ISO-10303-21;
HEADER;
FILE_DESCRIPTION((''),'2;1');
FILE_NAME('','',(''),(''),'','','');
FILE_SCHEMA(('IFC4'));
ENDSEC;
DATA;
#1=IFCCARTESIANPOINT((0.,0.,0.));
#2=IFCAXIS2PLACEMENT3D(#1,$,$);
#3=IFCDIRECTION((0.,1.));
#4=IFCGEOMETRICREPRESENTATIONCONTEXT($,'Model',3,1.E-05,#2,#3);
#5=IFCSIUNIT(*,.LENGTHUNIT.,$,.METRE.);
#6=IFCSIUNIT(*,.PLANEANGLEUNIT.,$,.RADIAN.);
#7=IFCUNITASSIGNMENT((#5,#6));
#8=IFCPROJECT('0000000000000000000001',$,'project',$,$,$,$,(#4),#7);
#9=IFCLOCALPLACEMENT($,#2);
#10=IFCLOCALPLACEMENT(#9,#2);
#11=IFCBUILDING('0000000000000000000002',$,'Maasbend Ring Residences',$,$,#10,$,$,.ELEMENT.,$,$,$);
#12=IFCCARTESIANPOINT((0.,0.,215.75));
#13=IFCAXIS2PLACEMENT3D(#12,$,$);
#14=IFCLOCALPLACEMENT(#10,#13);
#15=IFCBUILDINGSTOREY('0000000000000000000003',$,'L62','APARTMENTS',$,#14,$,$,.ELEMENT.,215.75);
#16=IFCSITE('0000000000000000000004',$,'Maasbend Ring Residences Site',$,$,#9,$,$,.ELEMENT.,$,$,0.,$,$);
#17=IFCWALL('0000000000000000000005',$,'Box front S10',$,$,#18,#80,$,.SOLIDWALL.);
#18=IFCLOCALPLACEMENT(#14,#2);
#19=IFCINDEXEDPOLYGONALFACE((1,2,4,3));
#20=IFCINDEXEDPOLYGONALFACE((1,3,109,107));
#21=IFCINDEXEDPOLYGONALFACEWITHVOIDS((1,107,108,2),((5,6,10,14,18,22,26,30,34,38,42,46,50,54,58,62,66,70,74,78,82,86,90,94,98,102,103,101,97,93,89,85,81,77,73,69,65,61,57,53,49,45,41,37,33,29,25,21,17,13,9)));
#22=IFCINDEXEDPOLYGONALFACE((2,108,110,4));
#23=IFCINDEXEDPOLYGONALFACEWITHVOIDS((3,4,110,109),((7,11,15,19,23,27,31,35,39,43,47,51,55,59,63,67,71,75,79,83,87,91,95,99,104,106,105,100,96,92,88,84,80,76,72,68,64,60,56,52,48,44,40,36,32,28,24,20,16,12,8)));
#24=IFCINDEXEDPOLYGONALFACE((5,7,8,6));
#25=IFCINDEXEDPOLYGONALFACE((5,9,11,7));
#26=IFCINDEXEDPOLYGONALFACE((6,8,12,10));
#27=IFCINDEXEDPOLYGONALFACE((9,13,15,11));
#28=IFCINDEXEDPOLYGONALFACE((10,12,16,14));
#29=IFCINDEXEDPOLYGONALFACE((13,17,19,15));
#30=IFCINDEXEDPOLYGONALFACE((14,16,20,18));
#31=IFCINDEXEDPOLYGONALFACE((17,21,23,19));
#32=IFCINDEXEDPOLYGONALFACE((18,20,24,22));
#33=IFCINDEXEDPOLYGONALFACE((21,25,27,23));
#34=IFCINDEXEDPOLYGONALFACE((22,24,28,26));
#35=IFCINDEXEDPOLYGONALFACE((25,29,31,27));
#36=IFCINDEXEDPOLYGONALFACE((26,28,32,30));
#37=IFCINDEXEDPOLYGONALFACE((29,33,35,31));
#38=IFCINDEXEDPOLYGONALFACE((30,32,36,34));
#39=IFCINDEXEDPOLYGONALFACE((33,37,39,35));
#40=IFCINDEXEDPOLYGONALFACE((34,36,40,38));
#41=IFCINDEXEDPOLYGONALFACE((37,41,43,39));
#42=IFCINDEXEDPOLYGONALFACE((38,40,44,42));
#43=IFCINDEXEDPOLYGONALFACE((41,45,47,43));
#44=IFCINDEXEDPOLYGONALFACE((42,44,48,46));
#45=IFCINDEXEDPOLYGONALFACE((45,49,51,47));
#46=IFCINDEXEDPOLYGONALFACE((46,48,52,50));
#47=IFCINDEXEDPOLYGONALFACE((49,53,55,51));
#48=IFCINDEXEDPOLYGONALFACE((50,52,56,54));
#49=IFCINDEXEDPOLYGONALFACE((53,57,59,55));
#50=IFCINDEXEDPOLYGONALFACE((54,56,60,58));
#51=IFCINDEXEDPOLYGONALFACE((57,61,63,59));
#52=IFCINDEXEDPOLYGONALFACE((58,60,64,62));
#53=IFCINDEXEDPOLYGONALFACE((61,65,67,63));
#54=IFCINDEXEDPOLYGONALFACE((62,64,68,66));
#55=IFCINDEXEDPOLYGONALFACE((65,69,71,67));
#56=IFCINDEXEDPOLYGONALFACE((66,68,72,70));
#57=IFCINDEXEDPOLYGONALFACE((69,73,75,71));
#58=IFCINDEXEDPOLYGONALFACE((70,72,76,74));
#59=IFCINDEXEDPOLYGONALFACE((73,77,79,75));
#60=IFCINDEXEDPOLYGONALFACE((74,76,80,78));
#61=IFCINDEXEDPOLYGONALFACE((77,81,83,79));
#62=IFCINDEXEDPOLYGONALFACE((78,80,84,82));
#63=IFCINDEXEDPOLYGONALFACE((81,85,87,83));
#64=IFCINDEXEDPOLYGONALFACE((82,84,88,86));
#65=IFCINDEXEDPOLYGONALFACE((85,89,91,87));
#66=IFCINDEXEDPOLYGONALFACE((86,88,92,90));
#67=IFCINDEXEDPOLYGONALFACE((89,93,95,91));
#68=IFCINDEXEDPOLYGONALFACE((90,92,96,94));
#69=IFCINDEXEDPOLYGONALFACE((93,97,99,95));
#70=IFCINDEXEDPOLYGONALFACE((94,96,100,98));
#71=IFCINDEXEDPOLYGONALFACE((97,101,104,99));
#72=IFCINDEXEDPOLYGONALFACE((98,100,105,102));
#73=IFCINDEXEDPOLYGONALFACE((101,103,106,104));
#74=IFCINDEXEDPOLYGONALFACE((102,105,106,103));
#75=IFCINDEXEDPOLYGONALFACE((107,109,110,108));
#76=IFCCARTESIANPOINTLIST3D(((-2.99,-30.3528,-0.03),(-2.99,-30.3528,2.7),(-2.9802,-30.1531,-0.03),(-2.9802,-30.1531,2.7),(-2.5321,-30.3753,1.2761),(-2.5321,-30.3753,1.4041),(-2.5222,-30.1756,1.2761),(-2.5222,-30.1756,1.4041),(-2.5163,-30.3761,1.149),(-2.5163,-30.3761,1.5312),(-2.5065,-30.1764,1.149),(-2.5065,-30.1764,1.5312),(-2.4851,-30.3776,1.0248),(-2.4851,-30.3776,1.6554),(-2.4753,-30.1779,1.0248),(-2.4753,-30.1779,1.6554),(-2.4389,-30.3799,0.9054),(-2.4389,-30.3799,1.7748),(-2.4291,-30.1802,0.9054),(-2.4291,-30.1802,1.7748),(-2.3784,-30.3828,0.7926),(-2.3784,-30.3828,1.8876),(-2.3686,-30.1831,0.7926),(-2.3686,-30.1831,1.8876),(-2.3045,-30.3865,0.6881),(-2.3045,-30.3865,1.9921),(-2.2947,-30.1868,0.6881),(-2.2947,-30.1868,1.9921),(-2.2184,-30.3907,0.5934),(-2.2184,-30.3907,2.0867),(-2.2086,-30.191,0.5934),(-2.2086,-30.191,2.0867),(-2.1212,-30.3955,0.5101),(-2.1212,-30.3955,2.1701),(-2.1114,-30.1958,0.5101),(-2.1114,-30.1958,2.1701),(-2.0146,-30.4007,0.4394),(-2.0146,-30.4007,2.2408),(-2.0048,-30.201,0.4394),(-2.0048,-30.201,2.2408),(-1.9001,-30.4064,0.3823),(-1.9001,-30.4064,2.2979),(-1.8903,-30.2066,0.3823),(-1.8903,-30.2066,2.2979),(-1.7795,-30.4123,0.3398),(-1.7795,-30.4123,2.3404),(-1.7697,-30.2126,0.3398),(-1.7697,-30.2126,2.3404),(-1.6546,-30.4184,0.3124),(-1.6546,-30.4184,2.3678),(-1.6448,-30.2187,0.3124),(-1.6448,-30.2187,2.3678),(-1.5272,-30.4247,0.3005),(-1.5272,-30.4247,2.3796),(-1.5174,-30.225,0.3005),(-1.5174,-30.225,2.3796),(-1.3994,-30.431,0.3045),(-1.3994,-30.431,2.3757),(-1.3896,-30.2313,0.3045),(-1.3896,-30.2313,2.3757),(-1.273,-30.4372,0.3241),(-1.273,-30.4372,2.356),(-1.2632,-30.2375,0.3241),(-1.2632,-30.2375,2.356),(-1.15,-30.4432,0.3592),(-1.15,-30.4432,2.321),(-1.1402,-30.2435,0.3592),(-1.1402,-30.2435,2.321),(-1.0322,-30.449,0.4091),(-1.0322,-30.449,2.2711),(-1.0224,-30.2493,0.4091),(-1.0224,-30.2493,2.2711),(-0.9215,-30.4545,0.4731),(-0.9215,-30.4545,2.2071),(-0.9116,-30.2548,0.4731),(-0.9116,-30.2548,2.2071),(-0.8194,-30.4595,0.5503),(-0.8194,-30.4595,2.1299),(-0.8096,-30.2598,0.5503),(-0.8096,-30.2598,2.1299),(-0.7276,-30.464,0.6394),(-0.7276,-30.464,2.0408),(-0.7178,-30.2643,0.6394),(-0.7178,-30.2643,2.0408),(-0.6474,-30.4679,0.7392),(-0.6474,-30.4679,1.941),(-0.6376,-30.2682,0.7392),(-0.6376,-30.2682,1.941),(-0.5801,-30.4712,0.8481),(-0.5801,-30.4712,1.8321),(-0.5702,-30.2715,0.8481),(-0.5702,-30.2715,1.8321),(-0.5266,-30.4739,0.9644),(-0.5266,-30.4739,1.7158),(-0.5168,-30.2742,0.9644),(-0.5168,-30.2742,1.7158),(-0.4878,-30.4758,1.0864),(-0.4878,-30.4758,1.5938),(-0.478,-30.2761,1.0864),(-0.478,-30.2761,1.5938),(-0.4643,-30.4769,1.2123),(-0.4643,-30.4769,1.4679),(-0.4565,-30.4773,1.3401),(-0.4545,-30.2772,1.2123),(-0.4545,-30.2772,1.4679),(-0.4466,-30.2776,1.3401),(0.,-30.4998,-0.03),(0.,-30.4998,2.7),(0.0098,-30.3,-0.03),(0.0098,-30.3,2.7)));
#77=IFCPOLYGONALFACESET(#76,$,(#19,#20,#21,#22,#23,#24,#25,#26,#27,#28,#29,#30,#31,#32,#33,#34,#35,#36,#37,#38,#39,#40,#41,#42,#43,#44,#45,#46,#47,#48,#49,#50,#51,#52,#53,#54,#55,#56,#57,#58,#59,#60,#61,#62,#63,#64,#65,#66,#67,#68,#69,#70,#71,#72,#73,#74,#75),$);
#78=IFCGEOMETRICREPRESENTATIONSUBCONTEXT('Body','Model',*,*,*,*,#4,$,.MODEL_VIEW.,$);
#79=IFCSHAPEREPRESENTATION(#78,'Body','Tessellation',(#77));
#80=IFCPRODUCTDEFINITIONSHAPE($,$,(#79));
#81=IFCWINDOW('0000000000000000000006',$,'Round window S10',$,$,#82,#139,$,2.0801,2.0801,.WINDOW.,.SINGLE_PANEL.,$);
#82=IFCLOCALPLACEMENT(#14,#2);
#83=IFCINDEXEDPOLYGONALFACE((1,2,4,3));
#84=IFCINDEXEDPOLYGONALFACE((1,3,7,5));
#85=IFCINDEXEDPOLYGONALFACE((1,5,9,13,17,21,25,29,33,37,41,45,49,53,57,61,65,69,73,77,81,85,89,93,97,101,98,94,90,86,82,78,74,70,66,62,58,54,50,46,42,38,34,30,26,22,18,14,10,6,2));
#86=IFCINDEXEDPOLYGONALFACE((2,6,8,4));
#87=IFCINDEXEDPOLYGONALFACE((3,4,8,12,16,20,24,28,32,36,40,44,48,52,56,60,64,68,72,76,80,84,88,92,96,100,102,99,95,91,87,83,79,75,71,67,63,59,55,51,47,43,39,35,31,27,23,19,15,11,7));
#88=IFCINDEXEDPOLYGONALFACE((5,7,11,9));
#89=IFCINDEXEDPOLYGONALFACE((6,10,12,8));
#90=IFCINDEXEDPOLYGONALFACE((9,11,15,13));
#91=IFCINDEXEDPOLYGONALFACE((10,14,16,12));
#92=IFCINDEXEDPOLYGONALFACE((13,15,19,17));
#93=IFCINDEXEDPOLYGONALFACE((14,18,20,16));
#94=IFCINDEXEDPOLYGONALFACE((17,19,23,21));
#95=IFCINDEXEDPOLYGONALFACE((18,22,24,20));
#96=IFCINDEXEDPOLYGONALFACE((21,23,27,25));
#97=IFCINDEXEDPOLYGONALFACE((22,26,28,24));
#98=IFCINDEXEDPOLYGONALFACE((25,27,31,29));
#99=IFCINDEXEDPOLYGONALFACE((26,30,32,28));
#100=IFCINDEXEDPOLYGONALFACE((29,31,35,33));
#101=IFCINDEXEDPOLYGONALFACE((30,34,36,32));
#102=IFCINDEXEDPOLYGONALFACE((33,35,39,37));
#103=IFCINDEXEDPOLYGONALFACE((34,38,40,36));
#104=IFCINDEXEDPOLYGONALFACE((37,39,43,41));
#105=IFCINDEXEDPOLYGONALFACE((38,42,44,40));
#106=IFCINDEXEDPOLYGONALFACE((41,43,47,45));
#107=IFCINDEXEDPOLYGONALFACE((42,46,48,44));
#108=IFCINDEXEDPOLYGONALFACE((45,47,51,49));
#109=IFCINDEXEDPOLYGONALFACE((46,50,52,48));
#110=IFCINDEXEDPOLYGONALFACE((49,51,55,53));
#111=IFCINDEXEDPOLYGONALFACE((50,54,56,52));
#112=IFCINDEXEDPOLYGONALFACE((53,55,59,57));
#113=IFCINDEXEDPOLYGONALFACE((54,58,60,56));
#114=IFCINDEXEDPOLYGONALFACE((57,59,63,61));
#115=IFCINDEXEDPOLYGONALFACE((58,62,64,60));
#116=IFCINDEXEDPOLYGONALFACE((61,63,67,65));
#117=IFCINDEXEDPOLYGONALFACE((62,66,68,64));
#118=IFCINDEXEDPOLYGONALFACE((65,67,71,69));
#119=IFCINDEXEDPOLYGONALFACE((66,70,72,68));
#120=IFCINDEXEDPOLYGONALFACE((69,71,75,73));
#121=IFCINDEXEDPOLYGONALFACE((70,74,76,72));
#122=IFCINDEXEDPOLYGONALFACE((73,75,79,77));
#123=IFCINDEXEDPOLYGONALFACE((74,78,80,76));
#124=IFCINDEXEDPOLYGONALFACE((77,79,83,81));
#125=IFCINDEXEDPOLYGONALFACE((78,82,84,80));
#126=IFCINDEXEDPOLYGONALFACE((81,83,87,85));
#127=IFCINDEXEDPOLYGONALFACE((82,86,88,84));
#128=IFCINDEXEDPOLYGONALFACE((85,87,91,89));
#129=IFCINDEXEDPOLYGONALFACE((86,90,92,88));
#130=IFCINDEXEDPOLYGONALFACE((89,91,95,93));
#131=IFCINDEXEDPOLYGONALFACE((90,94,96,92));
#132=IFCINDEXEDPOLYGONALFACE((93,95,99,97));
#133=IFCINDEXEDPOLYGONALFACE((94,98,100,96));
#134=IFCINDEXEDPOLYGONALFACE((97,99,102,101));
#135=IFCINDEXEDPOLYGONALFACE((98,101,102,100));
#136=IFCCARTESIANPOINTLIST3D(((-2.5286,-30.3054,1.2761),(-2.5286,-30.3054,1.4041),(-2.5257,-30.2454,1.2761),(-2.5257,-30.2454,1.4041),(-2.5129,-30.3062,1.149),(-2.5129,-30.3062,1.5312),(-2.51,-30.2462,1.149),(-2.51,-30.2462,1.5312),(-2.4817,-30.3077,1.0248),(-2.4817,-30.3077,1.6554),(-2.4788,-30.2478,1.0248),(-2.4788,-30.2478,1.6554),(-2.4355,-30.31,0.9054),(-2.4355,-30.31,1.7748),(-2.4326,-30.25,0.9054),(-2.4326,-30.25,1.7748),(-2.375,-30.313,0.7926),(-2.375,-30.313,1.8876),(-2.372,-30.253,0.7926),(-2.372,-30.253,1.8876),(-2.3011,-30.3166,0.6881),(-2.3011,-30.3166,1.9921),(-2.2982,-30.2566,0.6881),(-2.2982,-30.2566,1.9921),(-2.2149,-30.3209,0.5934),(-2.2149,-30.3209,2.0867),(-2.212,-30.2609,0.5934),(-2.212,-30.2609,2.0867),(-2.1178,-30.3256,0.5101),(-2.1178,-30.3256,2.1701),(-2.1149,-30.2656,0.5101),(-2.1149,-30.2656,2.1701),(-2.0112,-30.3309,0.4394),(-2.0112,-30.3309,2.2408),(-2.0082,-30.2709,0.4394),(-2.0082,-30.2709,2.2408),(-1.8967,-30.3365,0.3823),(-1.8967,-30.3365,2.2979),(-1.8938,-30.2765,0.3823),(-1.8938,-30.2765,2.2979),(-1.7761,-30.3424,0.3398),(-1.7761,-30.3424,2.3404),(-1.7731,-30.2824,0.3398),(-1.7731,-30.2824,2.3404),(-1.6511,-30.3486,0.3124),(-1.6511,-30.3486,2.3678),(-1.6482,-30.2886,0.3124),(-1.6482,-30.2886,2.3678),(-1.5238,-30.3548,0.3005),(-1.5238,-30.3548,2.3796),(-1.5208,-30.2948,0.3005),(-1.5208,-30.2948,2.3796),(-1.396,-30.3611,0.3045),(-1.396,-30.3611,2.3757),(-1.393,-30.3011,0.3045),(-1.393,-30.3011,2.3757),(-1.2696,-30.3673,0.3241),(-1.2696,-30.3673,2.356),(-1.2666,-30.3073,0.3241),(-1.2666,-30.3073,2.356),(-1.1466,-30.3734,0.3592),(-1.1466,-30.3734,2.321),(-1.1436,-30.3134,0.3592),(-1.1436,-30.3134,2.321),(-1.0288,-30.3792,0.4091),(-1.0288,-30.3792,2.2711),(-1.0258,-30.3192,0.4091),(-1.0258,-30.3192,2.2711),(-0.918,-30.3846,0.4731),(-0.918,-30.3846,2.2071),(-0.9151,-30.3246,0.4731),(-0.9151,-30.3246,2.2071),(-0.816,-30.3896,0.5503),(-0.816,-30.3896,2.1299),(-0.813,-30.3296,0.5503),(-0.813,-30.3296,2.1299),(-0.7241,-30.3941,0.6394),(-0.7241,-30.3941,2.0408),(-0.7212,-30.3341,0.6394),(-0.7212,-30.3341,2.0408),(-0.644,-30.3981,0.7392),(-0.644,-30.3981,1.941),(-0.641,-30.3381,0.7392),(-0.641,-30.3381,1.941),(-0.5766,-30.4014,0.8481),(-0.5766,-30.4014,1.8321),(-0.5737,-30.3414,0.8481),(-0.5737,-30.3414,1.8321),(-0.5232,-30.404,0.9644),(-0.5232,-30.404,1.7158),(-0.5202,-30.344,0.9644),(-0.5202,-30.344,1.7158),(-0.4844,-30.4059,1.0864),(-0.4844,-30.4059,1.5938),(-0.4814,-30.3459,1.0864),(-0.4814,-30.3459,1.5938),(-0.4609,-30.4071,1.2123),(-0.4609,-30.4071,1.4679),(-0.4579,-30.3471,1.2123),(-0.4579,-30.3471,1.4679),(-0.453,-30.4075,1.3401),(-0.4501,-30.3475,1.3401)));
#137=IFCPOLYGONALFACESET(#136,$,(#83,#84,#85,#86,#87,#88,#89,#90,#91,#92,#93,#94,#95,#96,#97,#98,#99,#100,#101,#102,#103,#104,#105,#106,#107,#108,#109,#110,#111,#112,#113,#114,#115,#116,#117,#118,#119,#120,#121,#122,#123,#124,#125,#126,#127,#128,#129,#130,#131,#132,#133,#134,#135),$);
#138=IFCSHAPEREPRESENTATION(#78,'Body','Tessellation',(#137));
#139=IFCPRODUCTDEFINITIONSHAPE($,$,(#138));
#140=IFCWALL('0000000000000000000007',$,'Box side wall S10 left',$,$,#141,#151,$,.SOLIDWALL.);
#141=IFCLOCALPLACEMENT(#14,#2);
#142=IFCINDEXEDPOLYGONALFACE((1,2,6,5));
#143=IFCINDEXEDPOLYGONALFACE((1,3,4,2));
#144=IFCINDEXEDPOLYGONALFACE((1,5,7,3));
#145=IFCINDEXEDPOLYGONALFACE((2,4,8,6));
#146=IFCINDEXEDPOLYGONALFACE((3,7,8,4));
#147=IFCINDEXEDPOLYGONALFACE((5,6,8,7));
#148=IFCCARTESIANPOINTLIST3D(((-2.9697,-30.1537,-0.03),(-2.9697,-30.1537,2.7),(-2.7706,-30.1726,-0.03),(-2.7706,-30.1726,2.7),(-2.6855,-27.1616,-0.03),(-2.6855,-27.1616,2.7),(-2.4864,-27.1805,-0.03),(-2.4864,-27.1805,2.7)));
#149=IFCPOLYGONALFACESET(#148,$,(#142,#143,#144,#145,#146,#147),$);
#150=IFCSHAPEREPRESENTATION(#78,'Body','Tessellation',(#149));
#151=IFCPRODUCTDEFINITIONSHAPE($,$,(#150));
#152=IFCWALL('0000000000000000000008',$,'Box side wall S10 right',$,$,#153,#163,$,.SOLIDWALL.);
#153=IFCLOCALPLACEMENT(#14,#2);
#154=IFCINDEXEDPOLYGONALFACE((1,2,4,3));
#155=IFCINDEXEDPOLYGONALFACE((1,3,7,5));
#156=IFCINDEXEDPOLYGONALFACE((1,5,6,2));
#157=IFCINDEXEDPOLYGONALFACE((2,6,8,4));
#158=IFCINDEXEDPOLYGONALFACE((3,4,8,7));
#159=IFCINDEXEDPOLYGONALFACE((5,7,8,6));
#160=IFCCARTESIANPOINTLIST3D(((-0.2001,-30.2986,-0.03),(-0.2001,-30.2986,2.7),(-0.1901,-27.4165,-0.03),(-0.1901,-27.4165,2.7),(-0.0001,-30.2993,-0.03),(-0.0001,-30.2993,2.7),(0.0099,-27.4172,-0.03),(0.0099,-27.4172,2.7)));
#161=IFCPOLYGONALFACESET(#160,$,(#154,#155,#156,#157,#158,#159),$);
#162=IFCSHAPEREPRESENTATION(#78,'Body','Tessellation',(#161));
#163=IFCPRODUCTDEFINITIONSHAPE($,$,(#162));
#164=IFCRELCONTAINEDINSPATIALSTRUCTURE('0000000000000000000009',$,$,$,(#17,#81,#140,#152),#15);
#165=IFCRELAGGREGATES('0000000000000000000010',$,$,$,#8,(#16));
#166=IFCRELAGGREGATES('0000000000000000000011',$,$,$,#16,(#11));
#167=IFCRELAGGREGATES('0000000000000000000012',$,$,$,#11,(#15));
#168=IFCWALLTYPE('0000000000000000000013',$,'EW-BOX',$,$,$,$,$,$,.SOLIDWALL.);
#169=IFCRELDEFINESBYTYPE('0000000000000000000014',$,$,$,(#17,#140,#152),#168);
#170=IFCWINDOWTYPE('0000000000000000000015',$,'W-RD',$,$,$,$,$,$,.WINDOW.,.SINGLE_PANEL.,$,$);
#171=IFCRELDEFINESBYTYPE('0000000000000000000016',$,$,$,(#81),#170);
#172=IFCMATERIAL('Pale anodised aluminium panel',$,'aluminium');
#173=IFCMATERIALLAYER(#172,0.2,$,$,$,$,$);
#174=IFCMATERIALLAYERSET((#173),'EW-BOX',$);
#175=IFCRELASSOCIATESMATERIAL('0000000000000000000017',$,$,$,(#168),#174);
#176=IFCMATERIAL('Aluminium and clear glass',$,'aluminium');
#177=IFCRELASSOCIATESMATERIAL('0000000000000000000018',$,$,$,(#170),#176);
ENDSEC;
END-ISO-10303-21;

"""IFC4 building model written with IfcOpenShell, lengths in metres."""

from ifc_helpers import new_model, si_unit, direction, frame, frame_2d, origin, place, context, subcontext, project, spatial, rectangle, circle, extrude, material, layer, layer_set, type_object, element, fill, save


model = new_model("IFC4")

# Units and contexts
model_context = context("Model", 3, precision=1e-05, world=origin(), true_north=direction((0.0, 1.0)))
body_context = subcontext(model_context, "Body", "Model", "MODEL_VIEW")
ifc_project = project(units=[si_unit("LENGTHUNIT", "METRE"), si_unit("PLANEANGLEUNIT", "RADIAN")], contexts=[model_context])

# Site, building, storey
site_placement = place(None, origin())
site = spatial("IfcSite", under=ifc_project, at=site_placement, Name="Maasbend Ring Residences Site", CompositionType="ELEMENT", RefElevation=0.0)
building_placement = place(site_placement, origin())
building = spatial("IfcBuilding", under=site, at=building_placement, Name="Maasbend Ring Residences", CompositionType="ELEMENT")
storey_placement = place(building_placement, frame((0.0, 0.0, 215.75)))
storey = spatial("IfcBuildingStorey", under=building, at=storey_placement, Name="L62", Description="APARTMENTS", CompositionType="ELEMENT", Elevation=215.75)

# Shared definitions
ifc_material_1 = material(Name="Pale anodised aluminium panel", Category="aluminium")
ifc_layer_1 = layer(ifc_material_1, 0.2)
ifc_layer_set_1 = layer_set([ifc_layer_1], Name="EW-BOX")
wall_type_1 = type_object("IfcWallType", Name="EW-BOX", PredefinedType="SOLIDWALL", material=ifc_layer_set_1)
ifc_material_2 = material(Name="Aluminium and clear glass", Category="aluminium")
window_type_1 = type_object("IfcWindowType", Name="W-RD", PartitioningType="SINGLE_PANEL", PredefinedType="WINDOW", material=ifc_material_2)

# Wall, opening, window
wall_1_placement = place(storey_placement, frame((-2.9851, -30.2529, -0.03), z_axis=(0.0, 0.0, 1.0), x_axis=(0.998794, -0.049096, 0.0)))
wall_1 = element("IfcWall", 1, at=wall_1_placement, inside=storey, type_object=wall_type_1, Name="Box front S10", PredefinedType="SOLIDWALL", context=body_context, shape_type="SweptSolid", body=[
    extrude(rectangle(XDim=2.9937, YDim=0.2, at=frame_2d((1.4968, 0.0))), origin(), (0.0, 0.0, 1.0), 2.73),
])
opening_1_placement = place(wall_1_placement, frame((0.4565, 0.0, 0.3301)))
opening_1 = element("IfcOpeningElement", 2, at=opening_1_placement, cuts=wall_1, PredefinedType="OPENING", context=body_context, shape_type="SweptSolid", body=[
    extrude(circle(Radius=1.04, at=frame_2d((1.04, 1.04))), frame((0.0, 0.1099, 0.0), z_axis=(0.0, -1.0, 0.0), x_axis=(1.0, 0.0, 0.0)), (0.0, 0.0, 1.0), 0.22),
])
window_1_placement = place(opening_1_placement, origin())
window_1 = element("IfcWindow", 3, at=window_1_placement, inside=storey, type_object=window_type_1, Name="Round window S10", OverallHeight=2.0801, OverallWidth=2.0801, PartitioningType="SINGLE_PANEL", PredefinedType="WINDOW", context=body_context, shape_type="SweptSolid", body=[
    extrude(circle(Radius=1.04, at=frame_2d((1.04, 1.04))), frame((0.0, 0.03, 0.0), z_axis=(0.0, -1.0, 0.0), x_axis=(1.0, 0.0, 0.0)), (0.0, 0.0, 1.0), 0.0601),
])
fill(opening_1, window_1)

# Walls
wall_2_placement = place(storey_placement, frame((-2.5859, -27.1709, -0.03), z_axis=(0.0, 0.0, 1.0), x_axis=(-0.094548, -0.99552, 0.0)))
element("IfcWall", 4, at=wall_2_placement, inside=storey, type_object=wall_type_1, Name="Box side wall S10 left", PredefinedType="SOLIDWALL", context=body_context, shape_type="SweptSolid", body=[
    extrude(rectangle(XDim=3.0056, YDim=0.2, at=frame_2d((1.5029, 0.0))), origin(), (0.0, 0.0, 1.0), 2.73),
])
wall_3_placement = place(storey_placement, frame((-0.0901, -27.417, -0.03), z_axis=(0.0, 0.0, 1.0), x_axis=(-0.003473, -0.999994, 0.0)))
element("IfcWall", 5, at=wall_3_placement, inside=storey, type_object=wall_type_1, Name="Box side wall S10 right", PredefinedType="SOLIDWALL", context=body_context, shape_type="SweptSolid", body=[
    extrude(rectangle(XDim=2.8821, YDim=0.2, at=frame_2d((1.4409, 0.0))), origin(), (0.0, 0.0, 1.0), 2.73),
])

save(model, "model.ifc")
